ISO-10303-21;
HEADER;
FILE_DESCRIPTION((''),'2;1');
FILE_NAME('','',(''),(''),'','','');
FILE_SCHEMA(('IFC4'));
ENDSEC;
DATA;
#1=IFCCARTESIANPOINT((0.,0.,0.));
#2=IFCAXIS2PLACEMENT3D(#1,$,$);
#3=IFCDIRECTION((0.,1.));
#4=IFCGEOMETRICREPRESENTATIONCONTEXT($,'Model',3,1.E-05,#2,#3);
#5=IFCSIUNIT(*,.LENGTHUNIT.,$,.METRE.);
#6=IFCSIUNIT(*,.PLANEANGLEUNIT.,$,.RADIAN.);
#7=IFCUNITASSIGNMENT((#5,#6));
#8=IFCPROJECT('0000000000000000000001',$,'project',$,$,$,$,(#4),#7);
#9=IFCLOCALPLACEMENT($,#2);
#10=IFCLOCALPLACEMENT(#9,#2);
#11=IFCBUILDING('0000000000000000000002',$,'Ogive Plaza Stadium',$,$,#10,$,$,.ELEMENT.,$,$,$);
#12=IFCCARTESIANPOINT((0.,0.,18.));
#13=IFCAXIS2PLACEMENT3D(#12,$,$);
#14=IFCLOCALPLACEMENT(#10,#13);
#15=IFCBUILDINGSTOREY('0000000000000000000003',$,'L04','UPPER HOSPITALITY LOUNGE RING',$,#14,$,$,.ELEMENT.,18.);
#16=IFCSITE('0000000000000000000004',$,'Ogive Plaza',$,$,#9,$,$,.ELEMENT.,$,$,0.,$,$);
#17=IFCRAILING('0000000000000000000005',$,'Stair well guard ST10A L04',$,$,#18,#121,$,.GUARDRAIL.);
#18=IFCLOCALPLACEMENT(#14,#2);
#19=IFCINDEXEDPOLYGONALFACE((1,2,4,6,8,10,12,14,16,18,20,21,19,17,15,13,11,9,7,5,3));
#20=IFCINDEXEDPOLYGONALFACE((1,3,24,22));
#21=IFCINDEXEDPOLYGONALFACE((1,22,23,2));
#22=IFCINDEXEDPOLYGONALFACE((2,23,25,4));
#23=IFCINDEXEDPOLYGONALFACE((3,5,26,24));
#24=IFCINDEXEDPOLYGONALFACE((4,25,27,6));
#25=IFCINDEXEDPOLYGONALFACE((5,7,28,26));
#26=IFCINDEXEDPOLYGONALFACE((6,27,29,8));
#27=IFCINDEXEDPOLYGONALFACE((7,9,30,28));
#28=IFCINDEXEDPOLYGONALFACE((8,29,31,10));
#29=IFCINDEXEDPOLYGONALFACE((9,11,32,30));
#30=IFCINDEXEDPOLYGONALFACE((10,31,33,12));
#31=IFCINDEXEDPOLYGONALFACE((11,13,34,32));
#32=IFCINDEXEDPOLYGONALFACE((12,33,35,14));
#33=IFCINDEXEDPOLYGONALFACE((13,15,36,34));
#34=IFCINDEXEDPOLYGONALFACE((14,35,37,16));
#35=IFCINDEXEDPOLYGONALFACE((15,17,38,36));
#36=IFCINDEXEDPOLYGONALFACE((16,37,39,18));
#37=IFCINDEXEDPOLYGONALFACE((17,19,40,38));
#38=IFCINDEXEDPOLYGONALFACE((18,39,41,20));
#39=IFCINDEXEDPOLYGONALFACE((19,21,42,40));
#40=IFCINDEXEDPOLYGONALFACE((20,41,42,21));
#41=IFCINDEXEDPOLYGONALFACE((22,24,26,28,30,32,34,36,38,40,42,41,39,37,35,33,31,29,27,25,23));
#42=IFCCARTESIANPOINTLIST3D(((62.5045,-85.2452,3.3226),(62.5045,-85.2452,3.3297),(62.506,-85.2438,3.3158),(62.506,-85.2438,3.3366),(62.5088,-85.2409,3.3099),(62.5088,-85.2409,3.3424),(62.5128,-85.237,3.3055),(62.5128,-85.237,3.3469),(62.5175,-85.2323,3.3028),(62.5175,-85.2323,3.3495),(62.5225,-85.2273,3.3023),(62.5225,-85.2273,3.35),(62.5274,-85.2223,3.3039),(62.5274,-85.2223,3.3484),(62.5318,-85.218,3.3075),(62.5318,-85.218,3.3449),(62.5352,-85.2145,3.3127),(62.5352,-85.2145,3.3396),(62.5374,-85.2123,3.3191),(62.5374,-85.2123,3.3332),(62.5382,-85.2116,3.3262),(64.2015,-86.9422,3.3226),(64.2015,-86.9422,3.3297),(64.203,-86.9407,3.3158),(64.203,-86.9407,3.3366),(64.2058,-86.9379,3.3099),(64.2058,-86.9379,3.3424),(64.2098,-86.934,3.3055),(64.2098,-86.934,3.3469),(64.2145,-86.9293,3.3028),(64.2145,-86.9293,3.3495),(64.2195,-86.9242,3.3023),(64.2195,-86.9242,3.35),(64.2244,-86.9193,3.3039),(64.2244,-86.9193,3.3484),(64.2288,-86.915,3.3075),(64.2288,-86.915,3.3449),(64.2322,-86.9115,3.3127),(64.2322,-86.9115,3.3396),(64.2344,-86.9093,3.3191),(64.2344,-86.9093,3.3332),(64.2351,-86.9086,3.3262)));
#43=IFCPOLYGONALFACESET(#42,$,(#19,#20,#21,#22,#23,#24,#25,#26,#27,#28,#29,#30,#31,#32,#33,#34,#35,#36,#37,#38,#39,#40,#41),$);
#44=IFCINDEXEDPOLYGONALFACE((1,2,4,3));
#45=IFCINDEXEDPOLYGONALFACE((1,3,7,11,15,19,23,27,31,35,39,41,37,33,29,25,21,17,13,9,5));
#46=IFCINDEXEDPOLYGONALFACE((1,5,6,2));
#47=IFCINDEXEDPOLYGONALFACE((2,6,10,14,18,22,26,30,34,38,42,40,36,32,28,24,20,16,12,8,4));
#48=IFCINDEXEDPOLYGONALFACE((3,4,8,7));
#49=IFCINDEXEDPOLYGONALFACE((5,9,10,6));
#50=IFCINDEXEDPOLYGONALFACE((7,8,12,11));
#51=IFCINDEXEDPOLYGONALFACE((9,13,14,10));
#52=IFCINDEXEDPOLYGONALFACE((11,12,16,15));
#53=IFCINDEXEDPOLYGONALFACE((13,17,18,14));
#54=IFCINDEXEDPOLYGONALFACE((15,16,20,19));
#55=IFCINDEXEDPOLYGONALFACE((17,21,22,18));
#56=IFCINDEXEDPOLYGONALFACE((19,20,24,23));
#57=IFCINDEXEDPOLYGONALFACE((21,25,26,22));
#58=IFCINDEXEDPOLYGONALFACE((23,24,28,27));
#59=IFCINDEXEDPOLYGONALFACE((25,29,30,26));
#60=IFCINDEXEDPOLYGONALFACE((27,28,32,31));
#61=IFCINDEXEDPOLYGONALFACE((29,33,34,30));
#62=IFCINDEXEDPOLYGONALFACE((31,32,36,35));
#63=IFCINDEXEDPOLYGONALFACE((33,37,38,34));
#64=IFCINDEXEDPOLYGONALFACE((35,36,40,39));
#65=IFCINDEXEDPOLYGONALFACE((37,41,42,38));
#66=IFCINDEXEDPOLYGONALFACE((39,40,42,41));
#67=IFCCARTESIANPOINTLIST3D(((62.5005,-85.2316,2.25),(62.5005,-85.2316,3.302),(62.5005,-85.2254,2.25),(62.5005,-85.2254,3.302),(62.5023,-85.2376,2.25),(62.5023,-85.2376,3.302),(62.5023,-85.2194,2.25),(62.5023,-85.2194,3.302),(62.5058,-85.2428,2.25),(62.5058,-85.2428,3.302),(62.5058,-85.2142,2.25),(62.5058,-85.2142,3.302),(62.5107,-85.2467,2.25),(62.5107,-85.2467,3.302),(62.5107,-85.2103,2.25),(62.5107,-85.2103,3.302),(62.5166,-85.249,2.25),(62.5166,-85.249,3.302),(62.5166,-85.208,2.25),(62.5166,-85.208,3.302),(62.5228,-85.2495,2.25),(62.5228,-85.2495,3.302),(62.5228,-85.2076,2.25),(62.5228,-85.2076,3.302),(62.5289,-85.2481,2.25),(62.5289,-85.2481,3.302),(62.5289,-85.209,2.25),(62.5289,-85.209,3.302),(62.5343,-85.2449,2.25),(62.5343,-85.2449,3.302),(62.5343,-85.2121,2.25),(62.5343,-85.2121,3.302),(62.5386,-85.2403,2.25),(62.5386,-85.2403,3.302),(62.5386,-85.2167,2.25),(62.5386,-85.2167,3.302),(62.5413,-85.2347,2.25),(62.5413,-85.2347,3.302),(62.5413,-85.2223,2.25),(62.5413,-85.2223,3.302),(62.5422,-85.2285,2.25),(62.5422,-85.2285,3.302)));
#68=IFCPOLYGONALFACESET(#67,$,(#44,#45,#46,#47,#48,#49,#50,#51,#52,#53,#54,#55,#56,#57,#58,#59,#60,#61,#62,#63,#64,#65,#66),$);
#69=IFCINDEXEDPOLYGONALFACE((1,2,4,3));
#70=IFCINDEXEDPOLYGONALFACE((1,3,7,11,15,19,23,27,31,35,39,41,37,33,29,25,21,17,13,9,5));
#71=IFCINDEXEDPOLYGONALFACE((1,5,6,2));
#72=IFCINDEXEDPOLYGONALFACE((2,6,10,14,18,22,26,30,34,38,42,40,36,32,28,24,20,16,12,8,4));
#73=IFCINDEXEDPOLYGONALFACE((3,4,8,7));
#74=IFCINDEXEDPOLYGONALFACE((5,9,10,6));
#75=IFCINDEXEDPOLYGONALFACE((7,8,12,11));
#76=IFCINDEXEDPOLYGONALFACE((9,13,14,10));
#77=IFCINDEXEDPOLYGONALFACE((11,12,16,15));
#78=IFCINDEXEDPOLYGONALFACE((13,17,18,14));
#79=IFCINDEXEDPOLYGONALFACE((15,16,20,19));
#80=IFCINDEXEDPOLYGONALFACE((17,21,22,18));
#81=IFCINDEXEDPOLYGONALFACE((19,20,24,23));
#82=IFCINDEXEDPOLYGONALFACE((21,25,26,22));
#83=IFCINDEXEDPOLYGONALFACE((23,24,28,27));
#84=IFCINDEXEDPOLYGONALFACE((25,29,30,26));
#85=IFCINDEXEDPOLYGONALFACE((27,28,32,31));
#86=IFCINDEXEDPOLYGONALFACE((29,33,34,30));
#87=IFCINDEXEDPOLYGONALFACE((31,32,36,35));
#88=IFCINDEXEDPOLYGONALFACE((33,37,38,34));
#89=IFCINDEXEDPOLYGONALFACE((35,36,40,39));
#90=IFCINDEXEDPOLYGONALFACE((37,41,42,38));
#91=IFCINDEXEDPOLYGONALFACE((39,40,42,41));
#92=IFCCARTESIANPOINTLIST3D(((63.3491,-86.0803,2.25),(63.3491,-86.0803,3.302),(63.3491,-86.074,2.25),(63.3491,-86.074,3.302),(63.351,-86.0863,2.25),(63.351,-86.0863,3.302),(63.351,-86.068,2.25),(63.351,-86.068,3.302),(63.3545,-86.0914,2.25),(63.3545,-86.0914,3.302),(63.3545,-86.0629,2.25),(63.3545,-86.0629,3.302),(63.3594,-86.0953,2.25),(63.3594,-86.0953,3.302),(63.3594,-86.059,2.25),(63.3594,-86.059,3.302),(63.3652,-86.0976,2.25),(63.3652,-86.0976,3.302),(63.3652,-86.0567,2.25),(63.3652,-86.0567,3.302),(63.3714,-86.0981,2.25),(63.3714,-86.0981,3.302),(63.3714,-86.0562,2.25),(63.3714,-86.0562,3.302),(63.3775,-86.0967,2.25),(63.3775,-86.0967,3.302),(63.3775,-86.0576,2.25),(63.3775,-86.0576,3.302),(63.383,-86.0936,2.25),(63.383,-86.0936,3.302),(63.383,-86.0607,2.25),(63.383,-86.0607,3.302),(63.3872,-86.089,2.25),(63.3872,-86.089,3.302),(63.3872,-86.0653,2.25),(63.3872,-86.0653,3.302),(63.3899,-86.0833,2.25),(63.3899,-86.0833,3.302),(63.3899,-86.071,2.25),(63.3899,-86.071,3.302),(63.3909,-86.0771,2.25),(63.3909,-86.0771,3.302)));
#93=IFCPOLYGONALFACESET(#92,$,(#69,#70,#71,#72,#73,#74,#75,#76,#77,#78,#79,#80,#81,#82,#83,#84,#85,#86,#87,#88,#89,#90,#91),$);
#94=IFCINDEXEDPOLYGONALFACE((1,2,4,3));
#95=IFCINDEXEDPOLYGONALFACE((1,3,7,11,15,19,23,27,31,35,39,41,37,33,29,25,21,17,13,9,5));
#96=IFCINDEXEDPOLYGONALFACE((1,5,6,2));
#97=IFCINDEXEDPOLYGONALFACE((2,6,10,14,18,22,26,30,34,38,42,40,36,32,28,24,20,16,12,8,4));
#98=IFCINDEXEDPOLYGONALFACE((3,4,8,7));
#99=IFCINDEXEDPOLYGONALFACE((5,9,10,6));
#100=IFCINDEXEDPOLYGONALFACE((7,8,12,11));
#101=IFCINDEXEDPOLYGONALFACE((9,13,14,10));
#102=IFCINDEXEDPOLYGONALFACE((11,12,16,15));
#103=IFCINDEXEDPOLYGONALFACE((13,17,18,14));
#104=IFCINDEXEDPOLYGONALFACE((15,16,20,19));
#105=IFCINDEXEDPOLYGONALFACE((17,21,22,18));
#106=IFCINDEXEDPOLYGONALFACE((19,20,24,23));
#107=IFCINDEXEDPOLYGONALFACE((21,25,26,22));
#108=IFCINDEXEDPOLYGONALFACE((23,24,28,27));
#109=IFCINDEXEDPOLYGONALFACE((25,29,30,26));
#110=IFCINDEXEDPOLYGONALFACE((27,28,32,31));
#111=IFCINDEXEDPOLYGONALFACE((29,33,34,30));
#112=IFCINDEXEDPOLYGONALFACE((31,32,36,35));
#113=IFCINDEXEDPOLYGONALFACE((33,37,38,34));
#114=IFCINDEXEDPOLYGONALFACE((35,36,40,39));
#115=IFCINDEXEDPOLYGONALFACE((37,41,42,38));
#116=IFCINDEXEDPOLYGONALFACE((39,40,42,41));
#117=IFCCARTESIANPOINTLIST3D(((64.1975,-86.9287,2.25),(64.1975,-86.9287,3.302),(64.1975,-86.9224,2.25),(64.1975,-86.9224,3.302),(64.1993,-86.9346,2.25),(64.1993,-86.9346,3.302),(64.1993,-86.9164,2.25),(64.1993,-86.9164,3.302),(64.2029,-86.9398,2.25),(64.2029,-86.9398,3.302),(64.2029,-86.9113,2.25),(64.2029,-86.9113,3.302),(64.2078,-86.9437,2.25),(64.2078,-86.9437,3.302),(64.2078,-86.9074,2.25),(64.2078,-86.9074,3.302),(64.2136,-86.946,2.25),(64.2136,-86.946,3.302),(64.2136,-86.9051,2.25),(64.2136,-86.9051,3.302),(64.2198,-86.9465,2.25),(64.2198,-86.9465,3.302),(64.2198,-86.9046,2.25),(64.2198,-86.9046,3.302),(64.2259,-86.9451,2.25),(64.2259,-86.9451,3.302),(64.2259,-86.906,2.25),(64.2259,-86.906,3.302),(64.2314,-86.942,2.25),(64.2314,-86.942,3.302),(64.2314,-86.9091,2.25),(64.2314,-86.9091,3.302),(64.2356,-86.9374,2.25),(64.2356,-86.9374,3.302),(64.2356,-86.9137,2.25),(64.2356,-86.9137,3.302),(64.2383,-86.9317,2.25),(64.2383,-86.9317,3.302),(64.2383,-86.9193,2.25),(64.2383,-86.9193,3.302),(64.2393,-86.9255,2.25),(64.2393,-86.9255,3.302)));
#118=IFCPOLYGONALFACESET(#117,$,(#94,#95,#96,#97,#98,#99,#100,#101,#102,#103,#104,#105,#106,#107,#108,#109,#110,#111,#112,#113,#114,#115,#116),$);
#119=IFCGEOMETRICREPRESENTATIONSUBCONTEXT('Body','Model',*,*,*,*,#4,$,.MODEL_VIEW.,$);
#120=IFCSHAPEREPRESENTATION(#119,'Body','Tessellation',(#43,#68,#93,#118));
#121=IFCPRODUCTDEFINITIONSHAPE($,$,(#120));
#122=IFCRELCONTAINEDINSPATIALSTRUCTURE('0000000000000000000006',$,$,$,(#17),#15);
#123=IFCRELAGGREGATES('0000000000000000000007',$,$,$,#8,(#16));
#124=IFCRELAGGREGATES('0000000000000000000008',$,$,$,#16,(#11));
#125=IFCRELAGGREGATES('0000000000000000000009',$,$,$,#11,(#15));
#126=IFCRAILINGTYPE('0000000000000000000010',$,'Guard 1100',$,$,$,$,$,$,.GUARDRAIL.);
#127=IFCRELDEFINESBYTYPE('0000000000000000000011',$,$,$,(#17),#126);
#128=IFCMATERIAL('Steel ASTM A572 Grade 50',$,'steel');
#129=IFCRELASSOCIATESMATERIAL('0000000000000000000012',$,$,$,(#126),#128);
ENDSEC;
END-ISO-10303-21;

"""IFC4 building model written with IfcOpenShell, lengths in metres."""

from ifc_helpers import new_model, si_unit, direction, frame, origin, origin_2d, place, context, subcontext, project, spatial, circle, extrude, material, type_object, element, save


model = new_model("IFC4")

# Units and contexts
model_context = context("Model", 3, precision=1e-05, world=origin(), true_north=direction((0.0, 1.0)))
body_context = subcontext(model_context, "Body", "Model", "MODEL_VIEW")
ifc_project = project(units=[si_unit("LENGTHUNIT", "METRE"), si_unit("PLANEANGLEUNIT", "RADIAN")], contexts=[model_context])

# Site, building, storey
site_placement = place(None, origin())
site = spatial("IfcSite", under=ifc_project, at=site_placement, Name="Ogive Plaza", CompositionType="ELEMENT", RefElevation=0.0)
building_placement = place(site_placement, origin())
building = spatial("IfcBuilding", under=site, at=building_placement, Name="Ogive Plaza Stadium", CompositionType="ELEMENT")
storey_placement = place(building_placement, frame((0.0, 0.0, 18.0)))
storey = spatial("IfcBuildingStorey", under=building, at=storey_placement, Name="L04", Description="UPPER HOSPITALITY LOUNGE RING", CompositionType="ELEMENT", Elevation=18.0)

# Railing
ifc_material_1 = material(Name="Steel ASTM A572 Grade 50", Category="steel")
railing_type_1 = type_object("IfcRailingType", Name="Guard 1100", PredefinedType="GUARDRAIL", material=ifc_material_1)
railing_placement = place(storey_placement, frame((62.5212, -85.2285, 2.25)))
element("IfcRailing", 1, at=railing_placement, inside=storey, type_object=railing_type_1, Name="Stair well guard ST10A L04", PredefinedType="GUARDRAIL", context=body_context, shape_type="SweptSolid", body=[
    extrude(circle(Radius=0.0239, at=origin_2d()), frame((0.0, 0.0, 1.0762), z_axis=(0.707107, -0.707107, 0.0), x_axis=(0.707107, 0.707107, 0.0)), (0.0, 0.0, 1.0), 2.3999),
    extrude(circle(Radius=0.021, at=origin_2d()), origin(), (0.0, 0.0, 1.0), 1.052),
    extrude(circle(Radius=0.021, at=origin_2d()), frame((0.8486, -0.8486, 0.0)), (0.0, 0.0, 1.0), 1.052),
    extrude(circle(Radius=0.021, at=origin_2d()), frame((1.697, -1.697, 0.0)), (0.0, 0.0, 1.0), 1.052),
])

save(model, "model.ifc")
